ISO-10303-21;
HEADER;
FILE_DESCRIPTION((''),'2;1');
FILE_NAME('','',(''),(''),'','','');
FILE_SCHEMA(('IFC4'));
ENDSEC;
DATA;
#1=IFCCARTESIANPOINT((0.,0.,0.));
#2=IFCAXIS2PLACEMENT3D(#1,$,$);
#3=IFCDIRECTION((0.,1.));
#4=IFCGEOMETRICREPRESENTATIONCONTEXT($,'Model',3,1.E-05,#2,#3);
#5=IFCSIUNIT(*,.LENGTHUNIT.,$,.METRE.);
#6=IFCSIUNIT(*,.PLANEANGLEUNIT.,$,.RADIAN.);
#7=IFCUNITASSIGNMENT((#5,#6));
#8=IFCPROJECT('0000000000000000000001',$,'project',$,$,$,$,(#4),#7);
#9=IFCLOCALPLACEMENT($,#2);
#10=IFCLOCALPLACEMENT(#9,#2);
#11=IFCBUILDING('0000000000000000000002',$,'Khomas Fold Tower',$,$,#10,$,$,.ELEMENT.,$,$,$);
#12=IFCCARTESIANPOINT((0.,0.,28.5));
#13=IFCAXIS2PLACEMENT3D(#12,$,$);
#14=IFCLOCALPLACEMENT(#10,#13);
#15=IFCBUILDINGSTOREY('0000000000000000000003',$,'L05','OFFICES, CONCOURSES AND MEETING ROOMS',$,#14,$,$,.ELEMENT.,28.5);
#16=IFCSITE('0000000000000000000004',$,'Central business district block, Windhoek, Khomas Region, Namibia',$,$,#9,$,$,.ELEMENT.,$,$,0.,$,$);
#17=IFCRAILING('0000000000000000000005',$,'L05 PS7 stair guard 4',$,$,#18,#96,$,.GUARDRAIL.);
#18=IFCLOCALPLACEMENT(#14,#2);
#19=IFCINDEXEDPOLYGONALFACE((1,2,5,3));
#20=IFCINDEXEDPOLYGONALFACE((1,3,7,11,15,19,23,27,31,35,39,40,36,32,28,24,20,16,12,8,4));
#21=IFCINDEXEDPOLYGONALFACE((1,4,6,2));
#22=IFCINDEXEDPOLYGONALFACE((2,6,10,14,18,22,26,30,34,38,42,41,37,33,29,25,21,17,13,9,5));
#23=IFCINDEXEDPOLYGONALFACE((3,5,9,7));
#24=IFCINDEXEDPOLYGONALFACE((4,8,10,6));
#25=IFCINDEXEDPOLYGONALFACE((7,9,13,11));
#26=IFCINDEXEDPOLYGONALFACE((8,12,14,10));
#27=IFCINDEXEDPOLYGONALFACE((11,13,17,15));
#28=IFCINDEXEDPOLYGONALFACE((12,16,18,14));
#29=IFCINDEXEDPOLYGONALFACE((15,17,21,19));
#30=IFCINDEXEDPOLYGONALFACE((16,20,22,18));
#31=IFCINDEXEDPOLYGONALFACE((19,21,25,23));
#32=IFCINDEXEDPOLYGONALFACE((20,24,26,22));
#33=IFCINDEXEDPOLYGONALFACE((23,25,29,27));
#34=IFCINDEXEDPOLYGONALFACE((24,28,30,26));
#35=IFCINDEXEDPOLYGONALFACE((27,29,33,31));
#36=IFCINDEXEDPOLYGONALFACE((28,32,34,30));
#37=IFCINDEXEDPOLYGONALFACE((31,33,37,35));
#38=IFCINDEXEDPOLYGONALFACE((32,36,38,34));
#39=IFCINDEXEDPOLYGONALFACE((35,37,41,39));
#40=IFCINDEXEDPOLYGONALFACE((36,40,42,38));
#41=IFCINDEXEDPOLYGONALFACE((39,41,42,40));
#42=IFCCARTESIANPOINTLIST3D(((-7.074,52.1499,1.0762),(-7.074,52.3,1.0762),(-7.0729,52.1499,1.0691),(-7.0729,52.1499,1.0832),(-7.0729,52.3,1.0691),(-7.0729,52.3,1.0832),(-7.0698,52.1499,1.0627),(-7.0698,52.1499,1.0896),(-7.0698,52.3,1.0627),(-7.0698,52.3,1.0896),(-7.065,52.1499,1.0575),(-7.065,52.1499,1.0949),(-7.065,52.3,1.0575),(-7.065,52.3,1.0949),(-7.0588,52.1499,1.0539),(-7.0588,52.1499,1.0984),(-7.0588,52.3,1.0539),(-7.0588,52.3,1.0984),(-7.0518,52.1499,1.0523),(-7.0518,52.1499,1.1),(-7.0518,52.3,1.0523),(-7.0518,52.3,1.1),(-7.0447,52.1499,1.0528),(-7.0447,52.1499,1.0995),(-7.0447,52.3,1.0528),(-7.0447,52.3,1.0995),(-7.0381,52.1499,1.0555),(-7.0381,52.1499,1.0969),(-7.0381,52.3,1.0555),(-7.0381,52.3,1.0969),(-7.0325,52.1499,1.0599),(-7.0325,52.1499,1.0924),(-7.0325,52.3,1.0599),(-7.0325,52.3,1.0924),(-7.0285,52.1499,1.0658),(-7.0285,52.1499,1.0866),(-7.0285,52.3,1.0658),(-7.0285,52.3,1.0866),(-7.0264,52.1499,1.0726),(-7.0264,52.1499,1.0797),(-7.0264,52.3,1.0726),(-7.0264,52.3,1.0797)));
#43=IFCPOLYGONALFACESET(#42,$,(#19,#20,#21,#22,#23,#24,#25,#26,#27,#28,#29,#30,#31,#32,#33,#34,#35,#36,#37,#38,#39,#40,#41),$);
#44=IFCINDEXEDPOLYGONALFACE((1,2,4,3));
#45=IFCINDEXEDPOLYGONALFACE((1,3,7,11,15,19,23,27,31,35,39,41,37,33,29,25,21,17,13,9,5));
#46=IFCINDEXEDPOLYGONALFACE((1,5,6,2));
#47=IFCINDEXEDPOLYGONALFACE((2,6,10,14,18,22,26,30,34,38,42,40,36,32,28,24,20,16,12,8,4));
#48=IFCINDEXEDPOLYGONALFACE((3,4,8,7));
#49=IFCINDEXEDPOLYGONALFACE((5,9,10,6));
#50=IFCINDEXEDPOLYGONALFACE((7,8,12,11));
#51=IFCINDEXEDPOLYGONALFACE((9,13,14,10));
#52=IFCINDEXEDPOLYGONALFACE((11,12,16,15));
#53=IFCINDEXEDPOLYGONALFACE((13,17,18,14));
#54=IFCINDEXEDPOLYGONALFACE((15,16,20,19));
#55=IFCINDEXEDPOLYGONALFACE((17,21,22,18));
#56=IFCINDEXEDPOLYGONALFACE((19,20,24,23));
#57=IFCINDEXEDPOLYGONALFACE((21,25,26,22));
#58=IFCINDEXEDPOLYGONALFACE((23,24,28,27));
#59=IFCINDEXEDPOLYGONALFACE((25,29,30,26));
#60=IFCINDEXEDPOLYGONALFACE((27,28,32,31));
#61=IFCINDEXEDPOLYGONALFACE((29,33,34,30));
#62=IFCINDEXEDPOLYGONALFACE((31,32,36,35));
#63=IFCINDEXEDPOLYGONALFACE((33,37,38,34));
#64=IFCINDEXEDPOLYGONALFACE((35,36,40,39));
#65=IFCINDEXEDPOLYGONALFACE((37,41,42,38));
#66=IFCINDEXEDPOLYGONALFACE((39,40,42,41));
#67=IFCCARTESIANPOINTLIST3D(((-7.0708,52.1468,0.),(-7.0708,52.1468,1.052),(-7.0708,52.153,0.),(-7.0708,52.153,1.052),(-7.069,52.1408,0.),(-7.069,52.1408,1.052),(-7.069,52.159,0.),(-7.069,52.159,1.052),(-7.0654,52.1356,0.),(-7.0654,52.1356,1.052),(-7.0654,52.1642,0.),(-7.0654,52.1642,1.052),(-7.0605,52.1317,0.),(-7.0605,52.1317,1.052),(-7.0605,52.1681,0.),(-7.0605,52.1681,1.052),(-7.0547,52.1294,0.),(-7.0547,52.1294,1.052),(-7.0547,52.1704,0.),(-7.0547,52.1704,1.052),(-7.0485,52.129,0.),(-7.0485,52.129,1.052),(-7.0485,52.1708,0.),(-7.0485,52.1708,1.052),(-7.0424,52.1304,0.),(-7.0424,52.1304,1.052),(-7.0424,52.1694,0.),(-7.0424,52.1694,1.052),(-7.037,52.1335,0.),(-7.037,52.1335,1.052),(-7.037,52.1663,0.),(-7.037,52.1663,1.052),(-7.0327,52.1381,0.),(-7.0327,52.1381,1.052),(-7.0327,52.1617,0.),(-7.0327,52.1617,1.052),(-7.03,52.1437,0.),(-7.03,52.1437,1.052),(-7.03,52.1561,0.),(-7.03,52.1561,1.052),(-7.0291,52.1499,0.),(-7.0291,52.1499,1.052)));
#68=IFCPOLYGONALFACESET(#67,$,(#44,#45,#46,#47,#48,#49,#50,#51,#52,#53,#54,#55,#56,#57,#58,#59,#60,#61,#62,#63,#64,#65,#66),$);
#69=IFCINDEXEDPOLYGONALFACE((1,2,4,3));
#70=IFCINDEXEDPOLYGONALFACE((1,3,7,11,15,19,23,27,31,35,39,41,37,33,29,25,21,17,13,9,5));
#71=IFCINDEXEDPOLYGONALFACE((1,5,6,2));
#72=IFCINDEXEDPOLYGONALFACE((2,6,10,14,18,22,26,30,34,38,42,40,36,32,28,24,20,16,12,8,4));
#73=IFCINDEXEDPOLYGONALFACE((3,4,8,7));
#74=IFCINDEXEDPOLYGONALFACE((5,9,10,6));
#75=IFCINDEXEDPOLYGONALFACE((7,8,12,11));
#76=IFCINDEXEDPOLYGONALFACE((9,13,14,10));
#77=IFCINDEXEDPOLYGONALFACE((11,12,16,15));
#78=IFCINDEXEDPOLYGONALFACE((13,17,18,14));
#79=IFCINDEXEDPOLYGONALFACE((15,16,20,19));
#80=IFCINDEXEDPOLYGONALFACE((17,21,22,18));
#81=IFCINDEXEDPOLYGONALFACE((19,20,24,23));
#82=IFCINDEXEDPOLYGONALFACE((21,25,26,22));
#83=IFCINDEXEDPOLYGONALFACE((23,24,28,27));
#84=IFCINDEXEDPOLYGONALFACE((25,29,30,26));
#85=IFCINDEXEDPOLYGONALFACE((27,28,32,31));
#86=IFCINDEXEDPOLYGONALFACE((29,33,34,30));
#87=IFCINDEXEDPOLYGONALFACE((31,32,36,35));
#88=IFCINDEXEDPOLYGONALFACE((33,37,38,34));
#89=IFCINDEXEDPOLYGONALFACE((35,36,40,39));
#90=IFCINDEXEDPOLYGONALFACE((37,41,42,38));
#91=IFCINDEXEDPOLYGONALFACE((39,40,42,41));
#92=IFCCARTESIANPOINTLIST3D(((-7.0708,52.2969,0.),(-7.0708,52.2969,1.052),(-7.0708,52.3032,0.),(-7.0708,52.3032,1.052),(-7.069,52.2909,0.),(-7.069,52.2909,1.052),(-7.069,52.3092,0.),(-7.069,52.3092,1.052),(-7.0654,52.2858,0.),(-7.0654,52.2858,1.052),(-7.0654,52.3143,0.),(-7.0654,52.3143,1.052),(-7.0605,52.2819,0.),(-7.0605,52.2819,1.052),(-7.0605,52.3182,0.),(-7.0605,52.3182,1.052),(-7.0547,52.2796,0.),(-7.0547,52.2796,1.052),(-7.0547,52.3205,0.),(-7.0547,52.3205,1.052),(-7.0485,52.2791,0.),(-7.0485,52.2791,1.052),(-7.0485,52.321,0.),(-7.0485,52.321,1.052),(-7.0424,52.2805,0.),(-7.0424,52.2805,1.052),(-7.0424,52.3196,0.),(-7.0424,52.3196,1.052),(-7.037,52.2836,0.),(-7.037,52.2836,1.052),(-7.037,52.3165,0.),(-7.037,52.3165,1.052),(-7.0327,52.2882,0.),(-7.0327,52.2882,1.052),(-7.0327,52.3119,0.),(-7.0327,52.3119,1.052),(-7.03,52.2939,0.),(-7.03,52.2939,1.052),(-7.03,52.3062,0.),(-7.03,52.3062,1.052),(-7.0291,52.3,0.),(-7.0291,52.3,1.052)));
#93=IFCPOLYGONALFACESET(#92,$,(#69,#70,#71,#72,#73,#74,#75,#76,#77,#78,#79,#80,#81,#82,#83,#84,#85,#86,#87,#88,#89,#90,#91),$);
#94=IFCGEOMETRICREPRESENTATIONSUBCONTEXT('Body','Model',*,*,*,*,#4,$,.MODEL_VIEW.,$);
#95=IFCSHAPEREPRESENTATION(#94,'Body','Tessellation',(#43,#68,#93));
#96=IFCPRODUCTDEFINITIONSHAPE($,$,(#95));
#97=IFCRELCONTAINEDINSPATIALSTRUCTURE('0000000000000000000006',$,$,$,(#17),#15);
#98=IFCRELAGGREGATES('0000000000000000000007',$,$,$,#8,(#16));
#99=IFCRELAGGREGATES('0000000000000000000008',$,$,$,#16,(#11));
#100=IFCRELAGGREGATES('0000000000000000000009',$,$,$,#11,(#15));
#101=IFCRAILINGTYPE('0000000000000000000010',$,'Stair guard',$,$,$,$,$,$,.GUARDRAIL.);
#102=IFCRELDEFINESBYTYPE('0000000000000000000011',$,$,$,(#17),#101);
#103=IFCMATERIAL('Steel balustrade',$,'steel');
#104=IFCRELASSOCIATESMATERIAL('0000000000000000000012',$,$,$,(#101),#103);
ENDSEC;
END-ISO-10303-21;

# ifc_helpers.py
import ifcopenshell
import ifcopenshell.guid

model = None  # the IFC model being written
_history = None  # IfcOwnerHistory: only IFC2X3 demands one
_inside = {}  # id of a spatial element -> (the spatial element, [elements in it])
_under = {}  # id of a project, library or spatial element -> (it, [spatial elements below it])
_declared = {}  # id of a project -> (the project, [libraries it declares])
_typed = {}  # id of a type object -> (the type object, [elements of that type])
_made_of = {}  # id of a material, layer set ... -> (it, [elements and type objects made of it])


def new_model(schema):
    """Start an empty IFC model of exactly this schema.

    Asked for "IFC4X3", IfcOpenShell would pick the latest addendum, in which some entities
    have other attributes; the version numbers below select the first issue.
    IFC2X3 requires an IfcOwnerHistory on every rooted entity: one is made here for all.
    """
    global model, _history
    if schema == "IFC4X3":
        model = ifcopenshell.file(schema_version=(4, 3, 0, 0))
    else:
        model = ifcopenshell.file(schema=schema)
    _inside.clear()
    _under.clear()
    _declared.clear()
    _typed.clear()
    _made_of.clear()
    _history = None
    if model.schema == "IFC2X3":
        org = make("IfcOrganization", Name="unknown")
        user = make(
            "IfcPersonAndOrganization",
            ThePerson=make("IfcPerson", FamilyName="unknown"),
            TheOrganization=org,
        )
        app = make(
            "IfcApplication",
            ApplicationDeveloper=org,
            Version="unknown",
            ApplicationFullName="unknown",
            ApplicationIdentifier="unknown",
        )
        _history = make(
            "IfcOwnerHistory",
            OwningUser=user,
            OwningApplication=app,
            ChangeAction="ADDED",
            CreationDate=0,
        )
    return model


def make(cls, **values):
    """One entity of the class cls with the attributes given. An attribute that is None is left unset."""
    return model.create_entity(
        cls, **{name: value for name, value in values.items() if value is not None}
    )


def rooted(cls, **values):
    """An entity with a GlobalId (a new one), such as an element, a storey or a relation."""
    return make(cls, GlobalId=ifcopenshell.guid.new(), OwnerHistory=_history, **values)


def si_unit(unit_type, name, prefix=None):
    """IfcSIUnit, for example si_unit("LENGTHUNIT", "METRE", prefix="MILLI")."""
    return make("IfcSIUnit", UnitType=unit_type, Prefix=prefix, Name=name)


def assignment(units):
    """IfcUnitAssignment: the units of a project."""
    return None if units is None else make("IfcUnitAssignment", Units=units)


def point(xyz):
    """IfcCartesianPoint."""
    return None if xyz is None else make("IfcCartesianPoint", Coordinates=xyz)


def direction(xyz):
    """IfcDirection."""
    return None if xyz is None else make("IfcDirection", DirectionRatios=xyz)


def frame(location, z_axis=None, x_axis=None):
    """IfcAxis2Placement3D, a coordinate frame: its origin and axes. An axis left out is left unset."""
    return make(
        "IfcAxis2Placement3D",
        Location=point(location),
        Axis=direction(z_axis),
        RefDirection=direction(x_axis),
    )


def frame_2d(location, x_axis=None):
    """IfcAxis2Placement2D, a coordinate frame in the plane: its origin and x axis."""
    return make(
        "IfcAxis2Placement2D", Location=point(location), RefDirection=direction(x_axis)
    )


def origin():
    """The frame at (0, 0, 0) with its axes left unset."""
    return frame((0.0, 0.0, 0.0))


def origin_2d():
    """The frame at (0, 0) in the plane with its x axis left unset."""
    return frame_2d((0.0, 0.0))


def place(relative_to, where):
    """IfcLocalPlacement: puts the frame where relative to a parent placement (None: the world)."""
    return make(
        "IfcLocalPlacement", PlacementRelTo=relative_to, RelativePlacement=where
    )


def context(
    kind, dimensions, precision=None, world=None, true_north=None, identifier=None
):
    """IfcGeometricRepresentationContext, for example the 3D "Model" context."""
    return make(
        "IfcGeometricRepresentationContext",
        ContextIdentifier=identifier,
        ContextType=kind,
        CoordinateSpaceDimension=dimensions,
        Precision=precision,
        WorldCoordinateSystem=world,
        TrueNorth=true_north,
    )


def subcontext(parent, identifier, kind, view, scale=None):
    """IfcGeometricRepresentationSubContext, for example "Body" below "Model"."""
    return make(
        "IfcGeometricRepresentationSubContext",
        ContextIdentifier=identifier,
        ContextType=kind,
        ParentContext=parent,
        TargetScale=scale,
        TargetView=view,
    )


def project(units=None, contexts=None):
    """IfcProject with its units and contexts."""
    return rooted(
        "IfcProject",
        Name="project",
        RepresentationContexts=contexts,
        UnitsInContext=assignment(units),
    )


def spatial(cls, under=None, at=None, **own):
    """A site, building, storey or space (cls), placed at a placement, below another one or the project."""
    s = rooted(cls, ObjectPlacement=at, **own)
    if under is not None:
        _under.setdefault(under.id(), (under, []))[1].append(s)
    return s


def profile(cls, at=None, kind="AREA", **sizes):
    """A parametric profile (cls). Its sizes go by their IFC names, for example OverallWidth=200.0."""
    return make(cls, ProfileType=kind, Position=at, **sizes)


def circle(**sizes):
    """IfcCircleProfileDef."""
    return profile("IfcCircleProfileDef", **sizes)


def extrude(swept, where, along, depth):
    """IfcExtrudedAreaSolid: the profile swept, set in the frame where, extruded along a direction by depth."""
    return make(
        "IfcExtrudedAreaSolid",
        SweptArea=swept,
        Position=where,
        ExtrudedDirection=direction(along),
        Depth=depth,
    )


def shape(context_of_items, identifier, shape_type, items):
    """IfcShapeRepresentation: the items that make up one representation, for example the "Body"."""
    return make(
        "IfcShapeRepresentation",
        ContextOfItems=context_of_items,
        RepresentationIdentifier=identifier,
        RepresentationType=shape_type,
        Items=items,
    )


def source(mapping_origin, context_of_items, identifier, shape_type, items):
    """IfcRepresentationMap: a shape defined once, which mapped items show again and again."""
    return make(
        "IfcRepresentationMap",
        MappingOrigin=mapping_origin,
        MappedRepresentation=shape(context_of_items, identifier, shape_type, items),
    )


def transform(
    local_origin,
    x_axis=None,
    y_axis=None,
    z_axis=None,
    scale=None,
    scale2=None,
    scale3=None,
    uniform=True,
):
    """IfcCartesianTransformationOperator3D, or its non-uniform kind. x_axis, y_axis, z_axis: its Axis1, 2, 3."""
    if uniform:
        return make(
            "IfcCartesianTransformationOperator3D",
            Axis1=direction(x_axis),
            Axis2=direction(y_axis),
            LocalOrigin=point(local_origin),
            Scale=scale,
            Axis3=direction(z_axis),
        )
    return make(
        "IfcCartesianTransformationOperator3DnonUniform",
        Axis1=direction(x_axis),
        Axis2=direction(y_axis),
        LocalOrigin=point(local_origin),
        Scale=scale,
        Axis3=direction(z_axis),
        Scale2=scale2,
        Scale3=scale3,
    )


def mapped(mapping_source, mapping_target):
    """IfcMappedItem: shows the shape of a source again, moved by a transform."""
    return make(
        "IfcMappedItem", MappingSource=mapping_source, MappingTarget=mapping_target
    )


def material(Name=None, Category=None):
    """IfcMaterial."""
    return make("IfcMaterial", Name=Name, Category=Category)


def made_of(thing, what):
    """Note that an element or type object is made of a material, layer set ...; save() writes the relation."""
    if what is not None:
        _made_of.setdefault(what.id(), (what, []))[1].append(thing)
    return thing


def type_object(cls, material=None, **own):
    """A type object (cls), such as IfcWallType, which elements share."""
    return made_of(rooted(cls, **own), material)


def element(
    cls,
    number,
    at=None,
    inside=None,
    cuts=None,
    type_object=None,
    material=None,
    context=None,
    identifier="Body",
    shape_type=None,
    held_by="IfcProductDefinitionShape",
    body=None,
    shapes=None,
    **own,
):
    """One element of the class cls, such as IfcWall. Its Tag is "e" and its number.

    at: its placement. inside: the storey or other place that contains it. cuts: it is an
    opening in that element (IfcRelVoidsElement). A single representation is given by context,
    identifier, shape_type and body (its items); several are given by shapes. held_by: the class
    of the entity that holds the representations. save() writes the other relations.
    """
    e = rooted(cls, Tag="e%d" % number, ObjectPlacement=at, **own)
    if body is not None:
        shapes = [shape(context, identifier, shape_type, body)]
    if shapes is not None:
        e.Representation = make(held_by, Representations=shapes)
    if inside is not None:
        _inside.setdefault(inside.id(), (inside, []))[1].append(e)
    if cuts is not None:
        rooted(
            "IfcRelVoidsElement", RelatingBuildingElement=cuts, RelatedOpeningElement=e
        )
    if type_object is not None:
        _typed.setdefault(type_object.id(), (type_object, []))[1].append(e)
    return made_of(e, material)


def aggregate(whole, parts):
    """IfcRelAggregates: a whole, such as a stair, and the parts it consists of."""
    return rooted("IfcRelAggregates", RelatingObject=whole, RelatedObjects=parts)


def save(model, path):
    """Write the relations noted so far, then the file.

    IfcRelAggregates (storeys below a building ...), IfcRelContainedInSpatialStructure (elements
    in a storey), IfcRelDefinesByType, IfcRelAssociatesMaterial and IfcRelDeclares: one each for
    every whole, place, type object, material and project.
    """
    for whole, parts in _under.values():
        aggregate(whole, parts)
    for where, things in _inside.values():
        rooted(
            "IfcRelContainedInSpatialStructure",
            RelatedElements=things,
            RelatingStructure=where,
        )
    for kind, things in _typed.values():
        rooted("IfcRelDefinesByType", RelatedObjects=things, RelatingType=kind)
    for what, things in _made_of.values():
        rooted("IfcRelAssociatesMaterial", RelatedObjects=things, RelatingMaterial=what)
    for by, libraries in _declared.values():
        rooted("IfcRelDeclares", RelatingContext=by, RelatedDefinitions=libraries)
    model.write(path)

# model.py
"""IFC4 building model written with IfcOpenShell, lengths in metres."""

from ifc_helpers import new_model, si_unit, direction, frame, origin, origin_2d, place, context, subcontext, project, spatial, circle, extrude, source, transform, mapped, material, type_object, element, save


model = new_model("IFC4")

# Units and contexts
model_context = context("Model", 3, precision=1e-05, world=origin(), true_north=direction((0.0, 1.0)))
body_context = subcontext(model_context, "Body", "Model", "MODEL_VIEW")
ifc_project = project(units=[si_unit("LENGTHUNIT", "METRE"), si_unit("PLANEANGLEUNIT", "RADIAN")], contexts=[model_context])

# Site, building, storey
site_placement = place(None, origin())
site = spatial("IfcSite", under=ifc_project, at=site_placement, Name="Central business district block, Windhoek, Khomas Region, Namibia", CompositionType="ELEMENT", RefElevation=0.0)
building_placement = place(site_placement, origin())
building = spatial("IfcBuilding", under=site, at=building_placement, Name="Khomas Fold Tower", CompositionType="ELEMENT")
storey_placement = place(building_placement, frame((0.0, 0.0, 28.5)))
storey = spatial("IfcBuildingStorey", under=building, at=storey_placement, Name="L05", Description="OFFICES, CONCOURSES AND MEETING ROOMS", CompositionType="ELEMENT", Elevation=28.5)

# Railing
ifc_material_1 = material(Name="Steel balustrade", Category="steel")
railing_type_1 = type_object("IfcRailingType", Name="Stair guard", PredefinedType="GUARDRAIL", material=ifc_material_1)
shared_shape_1 = source(origin(), body_context, "Body", "SweptSolid", [
    extrude(circle(Radius=0.0239, at=origin_2d()), frame((0.0, 0.0, 1.0762), z_axis=(0.0, 1.0, 0.0), x_axis=(-1.0, 0.0, 0.0)), (0.0, 0.0, 1.0), 0.1501),
    extrude(circle(Radius=0.021, at=origin_2d()), origin(), (0.0, 0.0, 1.0), 1.052),
    extrude(circle(Radius=0.021, at=origin_2d()), frame((0.0, 0.1501, 0.0)), (0.0, 0.0, 1.0), 1.052),
])
railing_1_placement = place(storey_placement, frame((-7.05, 52.1499, 0.0)))
element("IfcRailing", 1, at=railing_1_placement, inside=storey, type_object=railing_type_1, Name="L05 PS7 stair guard 4", PredefinedType="GUARDRAIL", context=body_context, shape_type="MappedRepresentation", body=[
    mapped(shared_shape_1, transform((0.0, 0.0, 0.0))),
])

save(model, "model.ifc")
